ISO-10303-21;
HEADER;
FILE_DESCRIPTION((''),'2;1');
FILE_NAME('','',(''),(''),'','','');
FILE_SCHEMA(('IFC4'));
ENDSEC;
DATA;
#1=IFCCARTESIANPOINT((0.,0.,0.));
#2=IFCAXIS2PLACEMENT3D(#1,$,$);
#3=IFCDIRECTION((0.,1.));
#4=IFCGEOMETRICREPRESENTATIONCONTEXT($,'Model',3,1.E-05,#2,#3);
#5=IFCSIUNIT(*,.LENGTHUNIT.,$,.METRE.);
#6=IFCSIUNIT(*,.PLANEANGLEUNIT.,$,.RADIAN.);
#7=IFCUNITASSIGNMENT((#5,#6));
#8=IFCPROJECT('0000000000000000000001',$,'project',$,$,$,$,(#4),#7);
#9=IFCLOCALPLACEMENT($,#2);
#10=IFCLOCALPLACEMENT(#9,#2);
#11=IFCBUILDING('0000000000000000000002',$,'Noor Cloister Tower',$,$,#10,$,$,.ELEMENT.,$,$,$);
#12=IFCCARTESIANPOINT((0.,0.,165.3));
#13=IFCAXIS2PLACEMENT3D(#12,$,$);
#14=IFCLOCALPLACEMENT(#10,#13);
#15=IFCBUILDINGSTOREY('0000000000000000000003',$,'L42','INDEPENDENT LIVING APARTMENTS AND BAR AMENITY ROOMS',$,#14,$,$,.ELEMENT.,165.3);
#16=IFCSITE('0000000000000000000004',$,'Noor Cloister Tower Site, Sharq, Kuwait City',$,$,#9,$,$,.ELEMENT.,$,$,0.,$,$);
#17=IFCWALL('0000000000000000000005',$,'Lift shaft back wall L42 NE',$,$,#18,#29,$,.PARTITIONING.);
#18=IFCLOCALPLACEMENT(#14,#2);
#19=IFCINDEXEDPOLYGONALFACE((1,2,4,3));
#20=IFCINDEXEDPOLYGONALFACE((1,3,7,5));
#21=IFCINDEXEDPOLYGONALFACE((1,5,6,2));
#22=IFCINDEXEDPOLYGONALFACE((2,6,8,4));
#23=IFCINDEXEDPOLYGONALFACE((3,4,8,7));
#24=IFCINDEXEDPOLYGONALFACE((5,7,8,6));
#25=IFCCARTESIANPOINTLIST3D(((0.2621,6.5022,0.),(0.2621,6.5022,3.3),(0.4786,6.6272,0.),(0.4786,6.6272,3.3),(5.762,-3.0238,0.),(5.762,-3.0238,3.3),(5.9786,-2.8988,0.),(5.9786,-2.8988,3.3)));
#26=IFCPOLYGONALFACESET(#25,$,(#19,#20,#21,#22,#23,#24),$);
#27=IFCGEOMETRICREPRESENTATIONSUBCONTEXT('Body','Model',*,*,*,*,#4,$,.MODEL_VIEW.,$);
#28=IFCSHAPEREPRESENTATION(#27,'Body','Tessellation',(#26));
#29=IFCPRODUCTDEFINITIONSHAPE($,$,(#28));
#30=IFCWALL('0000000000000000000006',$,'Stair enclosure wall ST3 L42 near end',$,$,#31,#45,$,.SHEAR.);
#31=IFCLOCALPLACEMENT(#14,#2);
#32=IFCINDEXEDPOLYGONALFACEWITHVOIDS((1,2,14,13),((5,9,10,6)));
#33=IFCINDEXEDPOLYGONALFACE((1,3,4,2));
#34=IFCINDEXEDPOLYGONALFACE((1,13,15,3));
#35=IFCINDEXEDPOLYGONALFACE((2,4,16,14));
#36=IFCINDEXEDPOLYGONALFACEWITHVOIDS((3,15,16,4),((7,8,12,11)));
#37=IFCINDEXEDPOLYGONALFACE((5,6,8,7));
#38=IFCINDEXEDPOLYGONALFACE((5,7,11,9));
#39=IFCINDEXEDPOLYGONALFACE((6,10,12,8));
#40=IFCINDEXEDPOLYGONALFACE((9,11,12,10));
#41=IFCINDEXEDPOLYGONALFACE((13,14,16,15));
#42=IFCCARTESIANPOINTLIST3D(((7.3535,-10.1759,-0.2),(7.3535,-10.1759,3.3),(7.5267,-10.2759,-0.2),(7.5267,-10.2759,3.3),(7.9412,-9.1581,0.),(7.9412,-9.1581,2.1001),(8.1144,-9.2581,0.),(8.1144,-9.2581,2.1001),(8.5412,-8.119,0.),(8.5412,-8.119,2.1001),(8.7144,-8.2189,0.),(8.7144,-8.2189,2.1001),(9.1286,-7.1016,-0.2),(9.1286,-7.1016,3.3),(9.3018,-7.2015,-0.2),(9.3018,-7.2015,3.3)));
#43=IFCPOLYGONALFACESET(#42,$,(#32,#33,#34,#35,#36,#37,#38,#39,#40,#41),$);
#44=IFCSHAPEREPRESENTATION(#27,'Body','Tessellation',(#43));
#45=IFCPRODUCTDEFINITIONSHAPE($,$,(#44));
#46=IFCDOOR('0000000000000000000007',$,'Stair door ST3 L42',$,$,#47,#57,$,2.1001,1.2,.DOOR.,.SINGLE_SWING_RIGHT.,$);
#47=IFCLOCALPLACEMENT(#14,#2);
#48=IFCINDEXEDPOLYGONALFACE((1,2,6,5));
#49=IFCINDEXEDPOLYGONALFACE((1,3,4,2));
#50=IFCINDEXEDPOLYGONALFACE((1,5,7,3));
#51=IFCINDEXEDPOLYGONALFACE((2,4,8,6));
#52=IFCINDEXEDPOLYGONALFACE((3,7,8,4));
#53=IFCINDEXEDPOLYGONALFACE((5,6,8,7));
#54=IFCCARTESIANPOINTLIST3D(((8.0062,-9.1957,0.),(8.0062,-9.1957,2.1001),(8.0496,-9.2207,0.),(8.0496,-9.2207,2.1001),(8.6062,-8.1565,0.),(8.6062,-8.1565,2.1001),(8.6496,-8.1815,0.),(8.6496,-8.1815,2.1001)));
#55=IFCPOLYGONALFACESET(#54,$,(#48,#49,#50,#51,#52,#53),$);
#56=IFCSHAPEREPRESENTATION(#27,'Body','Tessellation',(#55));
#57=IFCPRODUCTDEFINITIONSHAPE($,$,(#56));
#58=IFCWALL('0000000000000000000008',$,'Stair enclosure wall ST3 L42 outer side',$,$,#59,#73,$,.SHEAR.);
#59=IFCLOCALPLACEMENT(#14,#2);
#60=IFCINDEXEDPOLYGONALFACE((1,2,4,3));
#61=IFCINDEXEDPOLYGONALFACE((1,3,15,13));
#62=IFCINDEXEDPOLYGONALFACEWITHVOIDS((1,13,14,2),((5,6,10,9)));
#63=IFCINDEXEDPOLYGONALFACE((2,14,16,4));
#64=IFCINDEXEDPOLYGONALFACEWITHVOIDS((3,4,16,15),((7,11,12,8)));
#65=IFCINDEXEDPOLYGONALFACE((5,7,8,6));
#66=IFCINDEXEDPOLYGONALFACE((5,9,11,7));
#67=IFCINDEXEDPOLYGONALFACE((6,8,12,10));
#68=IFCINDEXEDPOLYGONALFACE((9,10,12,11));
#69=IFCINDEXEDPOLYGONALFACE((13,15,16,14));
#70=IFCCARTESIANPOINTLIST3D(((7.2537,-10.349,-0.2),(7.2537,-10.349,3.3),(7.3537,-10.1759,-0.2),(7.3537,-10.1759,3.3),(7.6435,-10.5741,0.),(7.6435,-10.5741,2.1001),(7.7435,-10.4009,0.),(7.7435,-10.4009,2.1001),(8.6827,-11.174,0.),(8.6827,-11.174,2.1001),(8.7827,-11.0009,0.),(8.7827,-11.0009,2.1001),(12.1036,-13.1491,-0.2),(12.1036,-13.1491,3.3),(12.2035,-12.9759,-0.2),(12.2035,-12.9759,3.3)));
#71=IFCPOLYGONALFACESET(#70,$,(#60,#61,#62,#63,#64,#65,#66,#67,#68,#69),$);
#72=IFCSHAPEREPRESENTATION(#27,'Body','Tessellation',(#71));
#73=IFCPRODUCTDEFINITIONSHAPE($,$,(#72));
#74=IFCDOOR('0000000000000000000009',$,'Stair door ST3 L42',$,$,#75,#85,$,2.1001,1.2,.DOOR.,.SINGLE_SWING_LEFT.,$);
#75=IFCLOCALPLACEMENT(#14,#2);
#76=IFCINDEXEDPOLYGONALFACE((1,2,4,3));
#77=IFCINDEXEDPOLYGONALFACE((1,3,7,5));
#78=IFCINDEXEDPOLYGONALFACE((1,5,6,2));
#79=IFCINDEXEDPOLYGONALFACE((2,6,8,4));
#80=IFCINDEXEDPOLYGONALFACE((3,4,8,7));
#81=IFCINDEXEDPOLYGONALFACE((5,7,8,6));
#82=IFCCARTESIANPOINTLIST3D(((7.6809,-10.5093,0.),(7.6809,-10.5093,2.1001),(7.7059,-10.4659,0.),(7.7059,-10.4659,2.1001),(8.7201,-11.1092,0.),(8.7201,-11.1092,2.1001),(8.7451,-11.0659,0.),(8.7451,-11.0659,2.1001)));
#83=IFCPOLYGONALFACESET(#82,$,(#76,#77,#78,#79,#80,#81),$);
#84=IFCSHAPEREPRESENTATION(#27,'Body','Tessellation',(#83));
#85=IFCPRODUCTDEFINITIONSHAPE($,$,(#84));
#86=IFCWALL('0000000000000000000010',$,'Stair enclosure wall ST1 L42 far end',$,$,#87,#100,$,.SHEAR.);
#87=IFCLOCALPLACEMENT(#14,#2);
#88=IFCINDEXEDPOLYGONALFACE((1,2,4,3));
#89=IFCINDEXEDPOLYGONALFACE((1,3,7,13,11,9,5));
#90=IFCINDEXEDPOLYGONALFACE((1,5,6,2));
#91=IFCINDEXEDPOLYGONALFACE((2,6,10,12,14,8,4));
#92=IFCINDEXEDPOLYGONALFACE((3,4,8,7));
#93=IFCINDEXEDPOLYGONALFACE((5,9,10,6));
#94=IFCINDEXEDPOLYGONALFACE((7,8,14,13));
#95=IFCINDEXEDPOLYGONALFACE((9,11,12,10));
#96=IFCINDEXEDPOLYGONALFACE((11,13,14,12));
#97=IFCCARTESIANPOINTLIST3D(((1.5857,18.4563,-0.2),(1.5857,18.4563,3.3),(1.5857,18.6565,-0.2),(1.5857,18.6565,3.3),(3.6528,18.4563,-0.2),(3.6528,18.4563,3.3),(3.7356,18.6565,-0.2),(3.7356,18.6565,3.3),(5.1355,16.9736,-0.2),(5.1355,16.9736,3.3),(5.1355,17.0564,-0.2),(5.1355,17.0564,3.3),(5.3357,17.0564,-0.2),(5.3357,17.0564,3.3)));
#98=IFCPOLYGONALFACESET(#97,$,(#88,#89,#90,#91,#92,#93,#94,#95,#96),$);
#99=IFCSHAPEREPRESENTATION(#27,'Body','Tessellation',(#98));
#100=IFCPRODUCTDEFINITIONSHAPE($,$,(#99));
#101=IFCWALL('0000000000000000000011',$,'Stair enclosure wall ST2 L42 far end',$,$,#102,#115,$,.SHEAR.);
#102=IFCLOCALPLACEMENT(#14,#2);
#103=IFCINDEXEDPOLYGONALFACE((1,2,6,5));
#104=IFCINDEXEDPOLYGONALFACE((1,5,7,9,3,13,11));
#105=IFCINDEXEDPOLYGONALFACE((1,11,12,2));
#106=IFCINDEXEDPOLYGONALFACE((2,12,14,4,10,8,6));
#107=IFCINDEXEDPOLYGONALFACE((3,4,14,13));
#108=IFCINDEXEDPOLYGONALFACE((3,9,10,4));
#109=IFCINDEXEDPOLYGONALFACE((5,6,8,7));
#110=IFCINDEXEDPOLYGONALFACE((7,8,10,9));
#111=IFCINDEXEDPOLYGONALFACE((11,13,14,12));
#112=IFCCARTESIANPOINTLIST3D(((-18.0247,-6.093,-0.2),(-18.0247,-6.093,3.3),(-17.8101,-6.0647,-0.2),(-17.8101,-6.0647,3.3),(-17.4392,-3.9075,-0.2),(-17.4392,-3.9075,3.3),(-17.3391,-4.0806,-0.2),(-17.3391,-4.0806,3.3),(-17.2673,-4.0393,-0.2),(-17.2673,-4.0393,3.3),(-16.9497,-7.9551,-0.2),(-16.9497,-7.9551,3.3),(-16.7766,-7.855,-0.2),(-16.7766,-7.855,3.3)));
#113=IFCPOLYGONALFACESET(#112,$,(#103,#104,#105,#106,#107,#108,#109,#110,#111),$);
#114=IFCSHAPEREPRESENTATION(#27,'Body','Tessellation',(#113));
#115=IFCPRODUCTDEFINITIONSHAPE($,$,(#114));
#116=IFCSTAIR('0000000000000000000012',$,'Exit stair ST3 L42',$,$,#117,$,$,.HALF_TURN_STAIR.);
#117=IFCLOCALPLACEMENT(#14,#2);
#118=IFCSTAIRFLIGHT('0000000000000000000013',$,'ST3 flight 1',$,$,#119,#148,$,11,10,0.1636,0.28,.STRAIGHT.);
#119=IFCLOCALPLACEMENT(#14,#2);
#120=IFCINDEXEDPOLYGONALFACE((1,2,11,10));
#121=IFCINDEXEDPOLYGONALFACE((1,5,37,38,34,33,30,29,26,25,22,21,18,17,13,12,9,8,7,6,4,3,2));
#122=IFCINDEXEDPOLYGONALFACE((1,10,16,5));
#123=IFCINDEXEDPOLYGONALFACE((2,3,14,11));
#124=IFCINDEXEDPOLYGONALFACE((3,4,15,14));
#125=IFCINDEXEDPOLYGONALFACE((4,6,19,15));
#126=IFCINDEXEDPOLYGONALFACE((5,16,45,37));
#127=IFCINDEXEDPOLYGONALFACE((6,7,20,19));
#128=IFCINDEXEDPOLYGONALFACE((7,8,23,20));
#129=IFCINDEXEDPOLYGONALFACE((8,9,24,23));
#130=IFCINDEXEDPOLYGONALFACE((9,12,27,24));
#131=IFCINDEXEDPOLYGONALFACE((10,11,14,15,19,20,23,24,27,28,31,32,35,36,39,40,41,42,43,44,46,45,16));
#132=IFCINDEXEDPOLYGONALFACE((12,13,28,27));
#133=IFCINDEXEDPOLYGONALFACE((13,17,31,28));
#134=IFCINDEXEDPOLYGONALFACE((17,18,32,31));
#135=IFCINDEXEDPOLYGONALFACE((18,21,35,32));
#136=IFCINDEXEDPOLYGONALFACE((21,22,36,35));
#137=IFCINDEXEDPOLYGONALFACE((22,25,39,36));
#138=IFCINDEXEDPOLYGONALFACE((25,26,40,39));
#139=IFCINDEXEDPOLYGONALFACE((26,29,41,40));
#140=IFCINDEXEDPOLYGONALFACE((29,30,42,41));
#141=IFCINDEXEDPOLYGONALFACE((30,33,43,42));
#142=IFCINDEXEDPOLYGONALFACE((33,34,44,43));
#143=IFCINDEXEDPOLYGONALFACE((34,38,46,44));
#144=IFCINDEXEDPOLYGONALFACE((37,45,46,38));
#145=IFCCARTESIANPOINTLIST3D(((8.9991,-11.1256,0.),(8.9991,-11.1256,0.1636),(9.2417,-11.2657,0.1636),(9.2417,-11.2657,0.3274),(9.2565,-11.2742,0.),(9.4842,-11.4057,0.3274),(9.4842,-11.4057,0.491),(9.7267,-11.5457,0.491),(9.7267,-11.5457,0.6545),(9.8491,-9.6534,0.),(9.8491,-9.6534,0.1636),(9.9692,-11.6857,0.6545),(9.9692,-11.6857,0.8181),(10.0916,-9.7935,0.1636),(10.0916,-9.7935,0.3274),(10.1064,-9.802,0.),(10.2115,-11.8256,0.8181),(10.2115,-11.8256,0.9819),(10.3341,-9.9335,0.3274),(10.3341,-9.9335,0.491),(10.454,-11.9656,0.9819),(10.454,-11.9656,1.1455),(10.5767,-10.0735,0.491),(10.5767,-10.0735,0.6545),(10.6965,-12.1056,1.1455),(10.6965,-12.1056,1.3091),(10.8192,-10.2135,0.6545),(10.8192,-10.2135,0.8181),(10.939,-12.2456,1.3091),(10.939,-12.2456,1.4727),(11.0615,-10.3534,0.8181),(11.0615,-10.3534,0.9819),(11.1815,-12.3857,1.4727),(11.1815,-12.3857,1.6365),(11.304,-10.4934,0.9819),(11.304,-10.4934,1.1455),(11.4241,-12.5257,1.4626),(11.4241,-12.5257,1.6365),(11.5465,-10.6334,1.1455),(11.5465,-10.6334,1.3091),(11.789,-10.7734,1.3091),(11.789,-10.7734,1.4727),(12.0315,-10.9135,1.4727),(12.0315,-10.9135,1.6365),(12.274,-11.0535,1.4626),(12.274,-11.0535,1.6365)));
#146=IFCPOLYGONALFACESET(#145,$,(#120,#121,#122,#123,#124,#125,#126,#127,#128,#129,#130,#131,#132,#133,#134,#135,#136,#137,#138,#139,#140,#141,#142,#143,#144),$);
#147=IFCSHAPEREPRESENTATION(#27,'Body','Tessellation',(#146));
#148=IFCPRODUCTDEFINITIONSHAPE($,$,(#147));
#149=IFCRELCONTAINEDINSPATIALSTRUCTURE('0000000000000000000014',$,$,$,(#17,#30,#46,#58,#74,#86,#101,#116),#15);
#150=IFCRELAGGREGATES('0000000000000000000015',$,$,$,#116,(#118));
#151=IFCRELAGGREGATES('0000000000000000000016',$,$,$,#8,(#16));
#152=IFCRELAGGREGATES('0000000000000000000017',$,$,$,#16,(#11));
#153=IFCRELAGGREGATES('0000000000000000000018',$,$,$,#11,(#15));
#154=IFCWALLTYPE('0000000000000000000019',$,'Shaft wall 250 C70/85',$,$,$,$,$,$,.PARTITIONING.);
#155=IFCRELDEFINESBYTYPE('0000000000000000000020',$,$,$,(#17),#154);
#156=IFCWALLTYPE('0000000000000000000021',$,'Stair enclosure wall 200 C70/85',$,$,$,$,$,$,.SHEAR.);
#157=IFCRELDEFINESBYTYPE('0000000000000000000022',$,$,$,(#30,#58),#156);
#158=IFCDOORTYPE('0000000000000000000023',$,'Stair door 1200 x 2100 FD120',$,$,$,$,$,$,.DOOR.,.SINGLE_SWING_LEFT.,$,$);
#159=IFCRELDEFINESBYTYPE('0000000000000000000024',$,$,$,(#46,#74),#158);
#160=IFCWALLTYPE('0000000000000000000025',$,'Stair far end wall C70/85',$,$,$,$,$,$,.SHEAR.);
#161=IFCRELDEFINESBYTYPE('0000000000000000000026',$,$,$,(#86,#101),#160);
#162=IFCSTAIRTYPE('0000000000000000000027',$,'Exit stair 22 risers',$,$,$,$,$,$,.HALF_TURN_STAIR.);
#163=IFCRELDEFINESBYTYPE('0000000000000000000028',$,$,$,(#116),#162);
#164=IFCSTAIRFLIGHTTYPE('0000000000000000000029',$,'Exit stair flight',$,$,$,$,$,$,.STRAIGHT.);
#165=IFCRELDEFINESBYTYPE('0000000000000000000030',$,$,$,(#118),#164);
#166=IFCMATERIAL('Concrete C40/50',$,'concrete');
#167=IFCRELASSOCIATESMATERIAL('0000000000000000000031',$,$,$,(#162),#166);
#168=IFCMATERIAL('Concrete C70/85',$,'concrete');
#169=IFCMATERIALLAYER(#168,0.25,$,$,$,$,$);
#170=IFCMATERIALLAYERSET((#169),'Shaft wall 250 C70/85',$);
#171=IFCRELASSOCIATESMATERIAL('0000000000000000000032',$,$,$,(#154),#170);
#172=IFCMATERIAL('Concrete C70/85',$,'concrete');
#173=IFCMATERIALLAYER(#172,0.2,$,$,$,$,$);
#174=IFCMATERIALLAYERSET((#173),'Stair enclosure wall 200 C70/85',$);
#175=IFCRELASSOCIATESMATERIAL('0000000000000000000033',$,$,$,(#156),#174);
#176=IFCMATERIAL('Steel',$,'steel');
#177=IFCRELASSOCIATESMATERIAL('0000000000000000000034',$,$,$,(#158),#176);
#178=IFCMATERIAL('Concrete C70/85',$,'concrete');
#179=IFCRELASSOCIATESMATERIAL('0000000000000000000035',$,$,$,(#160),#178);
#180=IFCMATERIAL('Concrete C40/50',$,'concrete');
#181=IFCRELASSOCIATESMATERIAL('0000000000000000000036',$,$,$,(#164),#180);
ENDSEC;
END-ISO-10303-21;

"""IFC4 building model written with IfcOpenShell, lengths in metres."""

from ifc_helpers import new_model, si_unit, direction, frame, frame_2d, origin, place, context, subcontext, project, spatial, polyline, rectangle, outline, extrude, material, layer, layer_set, type_object, element, fill, aggregate, save


model = new_model("IFC4")

# Units and contexts
model_context = context("Model", 3, precision=1e-05, world=origin(), true_north=direction((0.0, 1.0)))
body_context = subcontext(model_context, "Body", "Model", "MODEL_VIEW")
ifc_project = project(units=[si_unit("LENGTHUNIT", "METRE"), si_unit("PLANEANGLEUNIT", "RADIAN")], contexts=[model_context])

# Site, building, storey
site_placement = place(None, origin())
site = spatial("IfcSite", under=ifc_project, at=site_placement, Name="Noor Cloister Tower Site, Sharq, Kuwait City", CompositionType="ELEMENT", RefElevation=0.0)
building_placement = place(site_placement, origin())
building = spatial("IfcBuilding", under=site, at=building_placement, Name="Noor Cloister Tower", CompositionType="ELEMENT")
storey_placement = place(building_placement, frame((0.0, 0.0, 165.3)))
storey = spatial("IfcBuildingStorey", under=building, at=storey_placement, Name="L42", Description="INDEPENDENT LIVING APARTMENTS AND BAR AMENITY ROOMS", CompositionType="ELEMENT", Elevation=165.3)

# Shared definitions
ifc_material_1 = material(Name="Concrete C40/50", Category="concrete")
stair_type = type_object("IfcStairType", Name="Exit stair 22 risers", PredefinedType="HALF_TURN_STAIR", material=ifc_material_1)

# Wall
ifc_material_2 = material(Name="Concrete C70/85", Category="concrete")
ifc_layer_1 = layer(ifc_material_2, 0.25)
ifc_layer_set_1 = layer_set([ifc_layer_1], Name="Shaft wall 250 C70/85")
wall_type_1 = type_object("IfcWallType", Name="Shaft wall 250 C70/85", PredefinedType="PARTITIONING", material=ifc_layer_set_1)
wall_1_placement = place(storey_placement, frame((5.8704, -2.9614, 0.0), z_axis=(0.0, 0.0, 1.0), x_axis=(-0.500006, 0.866022, 0.0)))
element("IfcWall", 1, at=wall_1_placement, inside=storey, type_object=wall_type_1, Name="Lift shaft back wall L42 NE", PredefinedType="PARTITIONING", context=body_context, shape_type="SweptSolid", body=[
    extrude(rectangle(XDim=10.9998, YDim=0.25, at=frame_2d((5.5, 0.0))), origin(), (0.0, 0.0, 1.0), 3.3),
])

# Walls, openings, doors
ifc_material_3 = material(Name="Concrete C70/85", Category="concrete")
ifc_layer_2 = layer(ifc_material_3, 0.2)
ifc_layer_set_2 = layer_set([ifc_layer_2], Name="Stair enclosure wall 200 C70/85")
wall_type_2 = type_object("IfcWallType", Name="Stair enclosure wall 200 C70/85", PredefinedType="SHEAR", material=ifc_layer_set_2)
wall_2_placement = place(storey_placement, frame((7.4402, -10.2258, -0.2), z_axis=(0.0, 0.0, 1.0), x_axis=(0.500022, 0.866013, 0.0)))
wall_2 = element("IfcWall", 2, at=wall_2_placement, inside=storey, type_object=wall_type_2, Name="Stair enclosure wall ST3 L42 near end", PredefinedType="SHEAR", context=body_context, shape_type="SweptSolid", body=[
    extrude(rectangle(XDim=3.55, YDim=0.2, at=frame_2d((1.7749, 0.0))), origin(), (0.0, 0.0, 1.0), 3.5),
])
opening_1_placement = place(wall_2_placement, frame((1.175, 0.0, 0.2)))
opening_1 = element("IfcOpeningElement", 3, at=opening_1_placement, cuts=wall_2, PredefinedType="OPENING", context=body_context, shape_type="SweptSolid", body=[
    extrude(rectangle(XDim=1.2, YDim=2.1001, at=frame_2d((0.6001, 1.05))), frame((0.0, 0.1099, 0.0), z_axis=(0.0, -1.0, 0.0), x_axis=(1.0, 0.0, 0.0)), (0.0, 0.0, 1.0), 0.22),
])
ifc_material_4 = material(Name="Steel", Category="steel")
door_type_1 = type_object("IfcDoorType", Name="Stair door 1200 x 2100 FD120", OperationType="SINGLE_SWING_LEFT", PredefinedType="DOOR", material=ifc_material_4)
door_1_placement = place(opening_1_placement, origin())
door_1 = element("IfcDoor", 4, at=door_1_placement, inside=storey, type_object=door_type_1, Name="Stair door ST3 L42", OperationType="SINGLE_SWING_RIGHT", OverallHeight=2.1001, OverallWidth=1.2, PredefinedType="DOOR", context=body_context, shape_type="SweptSolid", body=[
    extrude(rectangle(XDim=1.2, YDim=2.1001, at=frame_2d((0.6001, 1.05))), frame((0.0, 0.0249, 0.0), z_axis=(0.0, -1.0, 0.0), x_axis=(1.0, 0.0, 0.0)), (0.0, 0.0, 1.0), 0.05),
])
fill(opening_1, door_1)
wall_3_placement = place(storey_placement, frame((7.3037, -10.2625, -0.2), z_axis=(0.0, 0.0, 1.0), x_axis=(0.866027, -0.499998, 0.0)))
wall_3 = element("IfcWall", 5, at=wall_3_placement, inside=storey, type_object=wall_type_2, Name="Stair enclosure wall ST3 L42 outer side", PredefinedType="SHEAR", context=body_context, shape_type="SweptSolid", body=[
    extrude(rectangle(XDim=5.6001, YDim=0.2, at=frame_2d((2.8, 0.0))), origin(), (0.0, 0.0, 1.0), 3.5),
])
opening_2_placement = place(wall_3_placement, frame((0.45, 0.0, 0.2)))
opening_2 = element("IfcOpeningElement", 6, at=opening_2_placement, cuts=wall_3, PredefinedType="OPENING", context=body_context, shape_type="SweptSolid", body=[
    extrude(rectangle(XDim=1.2, YDim=2.1001, at=frame_2d((0.6001, 1.05))), frame((0.0, 0.1099, 0.0), z_axis=(0.0, -1.0, 0.0), x_axis=(1.0, 0.0, 0.0)), (0.0, 0.0, 1.0), 0.22),
])
door_2_placement = place(opening_2_placement, origin())
door_2 = element("IfcDoor", 7, at=door_2_placement, inside=storey, type_object=door_type_1, Name="Stair door ST3 L42", OperationType="SINGLE_SWING_LEFT", OverallHeight=2.1001, OverallWidth=1.2, PredefinedType="DOOR", context=body_context, shape_type="SweptSolid", body=[
    extrude(rectangle(XDim=1.2, YDim=2.1001, at=frame_2d((0.6001, 1.05))), frame((0.0, 0.0249, 0.0), z_axis=(0.0, -1.0, 0.0), x_axis=(1.0, 0.0, 0.0)), (0.0, 0.0, 1.0), 0.05),
])
fill(opening_2, door_2)

# Walls
ifc_material_5 = material(Name="Concrete C70/85", Category="concrete")
wall_type_3 = type_object("IfcWallType", Name="Stair far end wall C70/85", PredefinedType="SHEAR", material=ifc_material_5)
wall_4_placement = place(storey_placement, frame((0.0, 0.0, -0.2)))
element("IfcWall", 8, at=wall_4_placement, inside=storey, type_object=wall_type_3, Name="Stair enclosure wall ST1 L42 far end", PredefinedType="SHEAR", context=body_context, shape_type="SweptSolid", body=[
    extrude(outline(polyline([(5.3357, 17.0564), (3.7356, 18.6565), (1.5857, 18.6565), (1.5857, 18.4563), (3.6528, 18.4563), (5.1355, 16.9736), (5.1355, 17.0564), (5.1355, 17.0564), (5.1355, 17.0564), (5.1355, 17.0564), (5.1355, 17.0564), (5.1355, 17.0564), (5.1355, 17.0564), (5.1355, 17.0564), (5.1355, 17.0564), (5.1355, 17.0564), (5.1355, 17.0564), (5.1355, 17.0564), (5.1355, 17.0564), (5.1355, 17.0564), (5.1355, 17.0564), (5.1355, 17.0564), (5.1355, 17.0564), (5.3357, 17.0564)])), origin(), (0.0, 0.0, 1.0), 3.5),
])
wall_5_placement = place(storey_placement, frame((0.0, 0.0, -0.2)))
element("IfcWall", 9, at=wall_5_placement, inside=storey, type_object=wall_type_3, Name="Stair enclosure wall ST2 L42 far end", PredefinedType="SHEAR", context=body_context, shape_type="SweptSolid", body=[
    extrude(outline(polyline([(-17.4392, -3.9075), (-18.0247, -6.093), (-16.9497, -7.9551), (-16.7766, -7.855), (-17.8101, -6.0647), (-17.2673, -4.0393), (-17.3391, -4.0806), (-17.3391, -4.0806), (-17.3391, -4.0806), (-17.3391, -4.0806), (-17.3391, -4.0806), (-17.3391, -4.0806), (-17.3391, -4.0806), (-17.3391, -4.0806), (-17.3391, -4.0806), (-17.3391, -4.0806), (-17.3391, -4.0806), (-17.3391, -4.0806), (-17.3391, -4.0806), (-17.3391, -4.0806), (-17.3391, -4.0806), (-17.3391, -4.0806), (-17.3391, -4.0806), (-17.4392, -3.9075)])), origin(), (0.0, 0.0, 1.0), 3.5),
])

# Stair, stair flight
stair_1_placement = place(storey_placement, origin())
stair_1 = element("IfcStair", 10, at=stair_1_placement, inside=storey, type_object=stair_type, Name="Exit stair ST3 L42", PredefinedType="HALF_TURN_STAIR")
ifc_material_6 = material(Name="Concrete C40/50", Category="concrete")
stair_flight_type = type_object("IfcStairFlightType", Name="Exit stair flight", PredefinedType="STRAIGHT", material=ifc_material_6)
stair_flight_placement = place(storey_placement, frame((9.4241, -10.3896, 0.0), z_axis=(0.0, 0.0, 1.0), x_axis=(0.866025, -0.5, 0.0)))
stair_flight = element("IfcStairFlight", 11, at=stair_flight_placement, type_object=stair_flight_type, Name="ST3 flight 1", NumberOfRisers=11, NumberOfTreads=10, PredefinedType="STRAIGHT", RiserHeight=0.1636, TreadLength=0.28, context=body_context, shape_type="SweptSolid", body=[
    extrude(outline(polyline([(0.0, 0.0), (0.0, 0.1636), (0.28, 0.1636), (0.28, 0.3274), (0.5601, 0.3274), (0.5601, 0.491), (0.8401, 0.491), (0.8401, 0.6545), (1.1201, 0.6545), (1.1201, 0.8181), (1.3999, 0.8181), (1.3999, 0.9819), (1.6799, 0.9819), (1.6799, 1.1455), (1.96, 1.1455), (1.96, 1.3091), (2.24, 1.3091), (2.24, 1.4727), (2.52, 1.4727), (2.52, 1.6365), (2.8, 1.6365), (2.8, 1.8), (2.8, 1.4626), (0.2971, 0.0), (0.0, 0.0)])), frame((0.0, 0.8501, 0.0), z_axis=(0.0, -1.0, 0.0), x_axis=(1.0, 0.0, 0.0)), (0.0, 0.0, 1.0), 1.7),
])
aggregate(stair_1, [stair_flight])

save(model, "model.ifc")
